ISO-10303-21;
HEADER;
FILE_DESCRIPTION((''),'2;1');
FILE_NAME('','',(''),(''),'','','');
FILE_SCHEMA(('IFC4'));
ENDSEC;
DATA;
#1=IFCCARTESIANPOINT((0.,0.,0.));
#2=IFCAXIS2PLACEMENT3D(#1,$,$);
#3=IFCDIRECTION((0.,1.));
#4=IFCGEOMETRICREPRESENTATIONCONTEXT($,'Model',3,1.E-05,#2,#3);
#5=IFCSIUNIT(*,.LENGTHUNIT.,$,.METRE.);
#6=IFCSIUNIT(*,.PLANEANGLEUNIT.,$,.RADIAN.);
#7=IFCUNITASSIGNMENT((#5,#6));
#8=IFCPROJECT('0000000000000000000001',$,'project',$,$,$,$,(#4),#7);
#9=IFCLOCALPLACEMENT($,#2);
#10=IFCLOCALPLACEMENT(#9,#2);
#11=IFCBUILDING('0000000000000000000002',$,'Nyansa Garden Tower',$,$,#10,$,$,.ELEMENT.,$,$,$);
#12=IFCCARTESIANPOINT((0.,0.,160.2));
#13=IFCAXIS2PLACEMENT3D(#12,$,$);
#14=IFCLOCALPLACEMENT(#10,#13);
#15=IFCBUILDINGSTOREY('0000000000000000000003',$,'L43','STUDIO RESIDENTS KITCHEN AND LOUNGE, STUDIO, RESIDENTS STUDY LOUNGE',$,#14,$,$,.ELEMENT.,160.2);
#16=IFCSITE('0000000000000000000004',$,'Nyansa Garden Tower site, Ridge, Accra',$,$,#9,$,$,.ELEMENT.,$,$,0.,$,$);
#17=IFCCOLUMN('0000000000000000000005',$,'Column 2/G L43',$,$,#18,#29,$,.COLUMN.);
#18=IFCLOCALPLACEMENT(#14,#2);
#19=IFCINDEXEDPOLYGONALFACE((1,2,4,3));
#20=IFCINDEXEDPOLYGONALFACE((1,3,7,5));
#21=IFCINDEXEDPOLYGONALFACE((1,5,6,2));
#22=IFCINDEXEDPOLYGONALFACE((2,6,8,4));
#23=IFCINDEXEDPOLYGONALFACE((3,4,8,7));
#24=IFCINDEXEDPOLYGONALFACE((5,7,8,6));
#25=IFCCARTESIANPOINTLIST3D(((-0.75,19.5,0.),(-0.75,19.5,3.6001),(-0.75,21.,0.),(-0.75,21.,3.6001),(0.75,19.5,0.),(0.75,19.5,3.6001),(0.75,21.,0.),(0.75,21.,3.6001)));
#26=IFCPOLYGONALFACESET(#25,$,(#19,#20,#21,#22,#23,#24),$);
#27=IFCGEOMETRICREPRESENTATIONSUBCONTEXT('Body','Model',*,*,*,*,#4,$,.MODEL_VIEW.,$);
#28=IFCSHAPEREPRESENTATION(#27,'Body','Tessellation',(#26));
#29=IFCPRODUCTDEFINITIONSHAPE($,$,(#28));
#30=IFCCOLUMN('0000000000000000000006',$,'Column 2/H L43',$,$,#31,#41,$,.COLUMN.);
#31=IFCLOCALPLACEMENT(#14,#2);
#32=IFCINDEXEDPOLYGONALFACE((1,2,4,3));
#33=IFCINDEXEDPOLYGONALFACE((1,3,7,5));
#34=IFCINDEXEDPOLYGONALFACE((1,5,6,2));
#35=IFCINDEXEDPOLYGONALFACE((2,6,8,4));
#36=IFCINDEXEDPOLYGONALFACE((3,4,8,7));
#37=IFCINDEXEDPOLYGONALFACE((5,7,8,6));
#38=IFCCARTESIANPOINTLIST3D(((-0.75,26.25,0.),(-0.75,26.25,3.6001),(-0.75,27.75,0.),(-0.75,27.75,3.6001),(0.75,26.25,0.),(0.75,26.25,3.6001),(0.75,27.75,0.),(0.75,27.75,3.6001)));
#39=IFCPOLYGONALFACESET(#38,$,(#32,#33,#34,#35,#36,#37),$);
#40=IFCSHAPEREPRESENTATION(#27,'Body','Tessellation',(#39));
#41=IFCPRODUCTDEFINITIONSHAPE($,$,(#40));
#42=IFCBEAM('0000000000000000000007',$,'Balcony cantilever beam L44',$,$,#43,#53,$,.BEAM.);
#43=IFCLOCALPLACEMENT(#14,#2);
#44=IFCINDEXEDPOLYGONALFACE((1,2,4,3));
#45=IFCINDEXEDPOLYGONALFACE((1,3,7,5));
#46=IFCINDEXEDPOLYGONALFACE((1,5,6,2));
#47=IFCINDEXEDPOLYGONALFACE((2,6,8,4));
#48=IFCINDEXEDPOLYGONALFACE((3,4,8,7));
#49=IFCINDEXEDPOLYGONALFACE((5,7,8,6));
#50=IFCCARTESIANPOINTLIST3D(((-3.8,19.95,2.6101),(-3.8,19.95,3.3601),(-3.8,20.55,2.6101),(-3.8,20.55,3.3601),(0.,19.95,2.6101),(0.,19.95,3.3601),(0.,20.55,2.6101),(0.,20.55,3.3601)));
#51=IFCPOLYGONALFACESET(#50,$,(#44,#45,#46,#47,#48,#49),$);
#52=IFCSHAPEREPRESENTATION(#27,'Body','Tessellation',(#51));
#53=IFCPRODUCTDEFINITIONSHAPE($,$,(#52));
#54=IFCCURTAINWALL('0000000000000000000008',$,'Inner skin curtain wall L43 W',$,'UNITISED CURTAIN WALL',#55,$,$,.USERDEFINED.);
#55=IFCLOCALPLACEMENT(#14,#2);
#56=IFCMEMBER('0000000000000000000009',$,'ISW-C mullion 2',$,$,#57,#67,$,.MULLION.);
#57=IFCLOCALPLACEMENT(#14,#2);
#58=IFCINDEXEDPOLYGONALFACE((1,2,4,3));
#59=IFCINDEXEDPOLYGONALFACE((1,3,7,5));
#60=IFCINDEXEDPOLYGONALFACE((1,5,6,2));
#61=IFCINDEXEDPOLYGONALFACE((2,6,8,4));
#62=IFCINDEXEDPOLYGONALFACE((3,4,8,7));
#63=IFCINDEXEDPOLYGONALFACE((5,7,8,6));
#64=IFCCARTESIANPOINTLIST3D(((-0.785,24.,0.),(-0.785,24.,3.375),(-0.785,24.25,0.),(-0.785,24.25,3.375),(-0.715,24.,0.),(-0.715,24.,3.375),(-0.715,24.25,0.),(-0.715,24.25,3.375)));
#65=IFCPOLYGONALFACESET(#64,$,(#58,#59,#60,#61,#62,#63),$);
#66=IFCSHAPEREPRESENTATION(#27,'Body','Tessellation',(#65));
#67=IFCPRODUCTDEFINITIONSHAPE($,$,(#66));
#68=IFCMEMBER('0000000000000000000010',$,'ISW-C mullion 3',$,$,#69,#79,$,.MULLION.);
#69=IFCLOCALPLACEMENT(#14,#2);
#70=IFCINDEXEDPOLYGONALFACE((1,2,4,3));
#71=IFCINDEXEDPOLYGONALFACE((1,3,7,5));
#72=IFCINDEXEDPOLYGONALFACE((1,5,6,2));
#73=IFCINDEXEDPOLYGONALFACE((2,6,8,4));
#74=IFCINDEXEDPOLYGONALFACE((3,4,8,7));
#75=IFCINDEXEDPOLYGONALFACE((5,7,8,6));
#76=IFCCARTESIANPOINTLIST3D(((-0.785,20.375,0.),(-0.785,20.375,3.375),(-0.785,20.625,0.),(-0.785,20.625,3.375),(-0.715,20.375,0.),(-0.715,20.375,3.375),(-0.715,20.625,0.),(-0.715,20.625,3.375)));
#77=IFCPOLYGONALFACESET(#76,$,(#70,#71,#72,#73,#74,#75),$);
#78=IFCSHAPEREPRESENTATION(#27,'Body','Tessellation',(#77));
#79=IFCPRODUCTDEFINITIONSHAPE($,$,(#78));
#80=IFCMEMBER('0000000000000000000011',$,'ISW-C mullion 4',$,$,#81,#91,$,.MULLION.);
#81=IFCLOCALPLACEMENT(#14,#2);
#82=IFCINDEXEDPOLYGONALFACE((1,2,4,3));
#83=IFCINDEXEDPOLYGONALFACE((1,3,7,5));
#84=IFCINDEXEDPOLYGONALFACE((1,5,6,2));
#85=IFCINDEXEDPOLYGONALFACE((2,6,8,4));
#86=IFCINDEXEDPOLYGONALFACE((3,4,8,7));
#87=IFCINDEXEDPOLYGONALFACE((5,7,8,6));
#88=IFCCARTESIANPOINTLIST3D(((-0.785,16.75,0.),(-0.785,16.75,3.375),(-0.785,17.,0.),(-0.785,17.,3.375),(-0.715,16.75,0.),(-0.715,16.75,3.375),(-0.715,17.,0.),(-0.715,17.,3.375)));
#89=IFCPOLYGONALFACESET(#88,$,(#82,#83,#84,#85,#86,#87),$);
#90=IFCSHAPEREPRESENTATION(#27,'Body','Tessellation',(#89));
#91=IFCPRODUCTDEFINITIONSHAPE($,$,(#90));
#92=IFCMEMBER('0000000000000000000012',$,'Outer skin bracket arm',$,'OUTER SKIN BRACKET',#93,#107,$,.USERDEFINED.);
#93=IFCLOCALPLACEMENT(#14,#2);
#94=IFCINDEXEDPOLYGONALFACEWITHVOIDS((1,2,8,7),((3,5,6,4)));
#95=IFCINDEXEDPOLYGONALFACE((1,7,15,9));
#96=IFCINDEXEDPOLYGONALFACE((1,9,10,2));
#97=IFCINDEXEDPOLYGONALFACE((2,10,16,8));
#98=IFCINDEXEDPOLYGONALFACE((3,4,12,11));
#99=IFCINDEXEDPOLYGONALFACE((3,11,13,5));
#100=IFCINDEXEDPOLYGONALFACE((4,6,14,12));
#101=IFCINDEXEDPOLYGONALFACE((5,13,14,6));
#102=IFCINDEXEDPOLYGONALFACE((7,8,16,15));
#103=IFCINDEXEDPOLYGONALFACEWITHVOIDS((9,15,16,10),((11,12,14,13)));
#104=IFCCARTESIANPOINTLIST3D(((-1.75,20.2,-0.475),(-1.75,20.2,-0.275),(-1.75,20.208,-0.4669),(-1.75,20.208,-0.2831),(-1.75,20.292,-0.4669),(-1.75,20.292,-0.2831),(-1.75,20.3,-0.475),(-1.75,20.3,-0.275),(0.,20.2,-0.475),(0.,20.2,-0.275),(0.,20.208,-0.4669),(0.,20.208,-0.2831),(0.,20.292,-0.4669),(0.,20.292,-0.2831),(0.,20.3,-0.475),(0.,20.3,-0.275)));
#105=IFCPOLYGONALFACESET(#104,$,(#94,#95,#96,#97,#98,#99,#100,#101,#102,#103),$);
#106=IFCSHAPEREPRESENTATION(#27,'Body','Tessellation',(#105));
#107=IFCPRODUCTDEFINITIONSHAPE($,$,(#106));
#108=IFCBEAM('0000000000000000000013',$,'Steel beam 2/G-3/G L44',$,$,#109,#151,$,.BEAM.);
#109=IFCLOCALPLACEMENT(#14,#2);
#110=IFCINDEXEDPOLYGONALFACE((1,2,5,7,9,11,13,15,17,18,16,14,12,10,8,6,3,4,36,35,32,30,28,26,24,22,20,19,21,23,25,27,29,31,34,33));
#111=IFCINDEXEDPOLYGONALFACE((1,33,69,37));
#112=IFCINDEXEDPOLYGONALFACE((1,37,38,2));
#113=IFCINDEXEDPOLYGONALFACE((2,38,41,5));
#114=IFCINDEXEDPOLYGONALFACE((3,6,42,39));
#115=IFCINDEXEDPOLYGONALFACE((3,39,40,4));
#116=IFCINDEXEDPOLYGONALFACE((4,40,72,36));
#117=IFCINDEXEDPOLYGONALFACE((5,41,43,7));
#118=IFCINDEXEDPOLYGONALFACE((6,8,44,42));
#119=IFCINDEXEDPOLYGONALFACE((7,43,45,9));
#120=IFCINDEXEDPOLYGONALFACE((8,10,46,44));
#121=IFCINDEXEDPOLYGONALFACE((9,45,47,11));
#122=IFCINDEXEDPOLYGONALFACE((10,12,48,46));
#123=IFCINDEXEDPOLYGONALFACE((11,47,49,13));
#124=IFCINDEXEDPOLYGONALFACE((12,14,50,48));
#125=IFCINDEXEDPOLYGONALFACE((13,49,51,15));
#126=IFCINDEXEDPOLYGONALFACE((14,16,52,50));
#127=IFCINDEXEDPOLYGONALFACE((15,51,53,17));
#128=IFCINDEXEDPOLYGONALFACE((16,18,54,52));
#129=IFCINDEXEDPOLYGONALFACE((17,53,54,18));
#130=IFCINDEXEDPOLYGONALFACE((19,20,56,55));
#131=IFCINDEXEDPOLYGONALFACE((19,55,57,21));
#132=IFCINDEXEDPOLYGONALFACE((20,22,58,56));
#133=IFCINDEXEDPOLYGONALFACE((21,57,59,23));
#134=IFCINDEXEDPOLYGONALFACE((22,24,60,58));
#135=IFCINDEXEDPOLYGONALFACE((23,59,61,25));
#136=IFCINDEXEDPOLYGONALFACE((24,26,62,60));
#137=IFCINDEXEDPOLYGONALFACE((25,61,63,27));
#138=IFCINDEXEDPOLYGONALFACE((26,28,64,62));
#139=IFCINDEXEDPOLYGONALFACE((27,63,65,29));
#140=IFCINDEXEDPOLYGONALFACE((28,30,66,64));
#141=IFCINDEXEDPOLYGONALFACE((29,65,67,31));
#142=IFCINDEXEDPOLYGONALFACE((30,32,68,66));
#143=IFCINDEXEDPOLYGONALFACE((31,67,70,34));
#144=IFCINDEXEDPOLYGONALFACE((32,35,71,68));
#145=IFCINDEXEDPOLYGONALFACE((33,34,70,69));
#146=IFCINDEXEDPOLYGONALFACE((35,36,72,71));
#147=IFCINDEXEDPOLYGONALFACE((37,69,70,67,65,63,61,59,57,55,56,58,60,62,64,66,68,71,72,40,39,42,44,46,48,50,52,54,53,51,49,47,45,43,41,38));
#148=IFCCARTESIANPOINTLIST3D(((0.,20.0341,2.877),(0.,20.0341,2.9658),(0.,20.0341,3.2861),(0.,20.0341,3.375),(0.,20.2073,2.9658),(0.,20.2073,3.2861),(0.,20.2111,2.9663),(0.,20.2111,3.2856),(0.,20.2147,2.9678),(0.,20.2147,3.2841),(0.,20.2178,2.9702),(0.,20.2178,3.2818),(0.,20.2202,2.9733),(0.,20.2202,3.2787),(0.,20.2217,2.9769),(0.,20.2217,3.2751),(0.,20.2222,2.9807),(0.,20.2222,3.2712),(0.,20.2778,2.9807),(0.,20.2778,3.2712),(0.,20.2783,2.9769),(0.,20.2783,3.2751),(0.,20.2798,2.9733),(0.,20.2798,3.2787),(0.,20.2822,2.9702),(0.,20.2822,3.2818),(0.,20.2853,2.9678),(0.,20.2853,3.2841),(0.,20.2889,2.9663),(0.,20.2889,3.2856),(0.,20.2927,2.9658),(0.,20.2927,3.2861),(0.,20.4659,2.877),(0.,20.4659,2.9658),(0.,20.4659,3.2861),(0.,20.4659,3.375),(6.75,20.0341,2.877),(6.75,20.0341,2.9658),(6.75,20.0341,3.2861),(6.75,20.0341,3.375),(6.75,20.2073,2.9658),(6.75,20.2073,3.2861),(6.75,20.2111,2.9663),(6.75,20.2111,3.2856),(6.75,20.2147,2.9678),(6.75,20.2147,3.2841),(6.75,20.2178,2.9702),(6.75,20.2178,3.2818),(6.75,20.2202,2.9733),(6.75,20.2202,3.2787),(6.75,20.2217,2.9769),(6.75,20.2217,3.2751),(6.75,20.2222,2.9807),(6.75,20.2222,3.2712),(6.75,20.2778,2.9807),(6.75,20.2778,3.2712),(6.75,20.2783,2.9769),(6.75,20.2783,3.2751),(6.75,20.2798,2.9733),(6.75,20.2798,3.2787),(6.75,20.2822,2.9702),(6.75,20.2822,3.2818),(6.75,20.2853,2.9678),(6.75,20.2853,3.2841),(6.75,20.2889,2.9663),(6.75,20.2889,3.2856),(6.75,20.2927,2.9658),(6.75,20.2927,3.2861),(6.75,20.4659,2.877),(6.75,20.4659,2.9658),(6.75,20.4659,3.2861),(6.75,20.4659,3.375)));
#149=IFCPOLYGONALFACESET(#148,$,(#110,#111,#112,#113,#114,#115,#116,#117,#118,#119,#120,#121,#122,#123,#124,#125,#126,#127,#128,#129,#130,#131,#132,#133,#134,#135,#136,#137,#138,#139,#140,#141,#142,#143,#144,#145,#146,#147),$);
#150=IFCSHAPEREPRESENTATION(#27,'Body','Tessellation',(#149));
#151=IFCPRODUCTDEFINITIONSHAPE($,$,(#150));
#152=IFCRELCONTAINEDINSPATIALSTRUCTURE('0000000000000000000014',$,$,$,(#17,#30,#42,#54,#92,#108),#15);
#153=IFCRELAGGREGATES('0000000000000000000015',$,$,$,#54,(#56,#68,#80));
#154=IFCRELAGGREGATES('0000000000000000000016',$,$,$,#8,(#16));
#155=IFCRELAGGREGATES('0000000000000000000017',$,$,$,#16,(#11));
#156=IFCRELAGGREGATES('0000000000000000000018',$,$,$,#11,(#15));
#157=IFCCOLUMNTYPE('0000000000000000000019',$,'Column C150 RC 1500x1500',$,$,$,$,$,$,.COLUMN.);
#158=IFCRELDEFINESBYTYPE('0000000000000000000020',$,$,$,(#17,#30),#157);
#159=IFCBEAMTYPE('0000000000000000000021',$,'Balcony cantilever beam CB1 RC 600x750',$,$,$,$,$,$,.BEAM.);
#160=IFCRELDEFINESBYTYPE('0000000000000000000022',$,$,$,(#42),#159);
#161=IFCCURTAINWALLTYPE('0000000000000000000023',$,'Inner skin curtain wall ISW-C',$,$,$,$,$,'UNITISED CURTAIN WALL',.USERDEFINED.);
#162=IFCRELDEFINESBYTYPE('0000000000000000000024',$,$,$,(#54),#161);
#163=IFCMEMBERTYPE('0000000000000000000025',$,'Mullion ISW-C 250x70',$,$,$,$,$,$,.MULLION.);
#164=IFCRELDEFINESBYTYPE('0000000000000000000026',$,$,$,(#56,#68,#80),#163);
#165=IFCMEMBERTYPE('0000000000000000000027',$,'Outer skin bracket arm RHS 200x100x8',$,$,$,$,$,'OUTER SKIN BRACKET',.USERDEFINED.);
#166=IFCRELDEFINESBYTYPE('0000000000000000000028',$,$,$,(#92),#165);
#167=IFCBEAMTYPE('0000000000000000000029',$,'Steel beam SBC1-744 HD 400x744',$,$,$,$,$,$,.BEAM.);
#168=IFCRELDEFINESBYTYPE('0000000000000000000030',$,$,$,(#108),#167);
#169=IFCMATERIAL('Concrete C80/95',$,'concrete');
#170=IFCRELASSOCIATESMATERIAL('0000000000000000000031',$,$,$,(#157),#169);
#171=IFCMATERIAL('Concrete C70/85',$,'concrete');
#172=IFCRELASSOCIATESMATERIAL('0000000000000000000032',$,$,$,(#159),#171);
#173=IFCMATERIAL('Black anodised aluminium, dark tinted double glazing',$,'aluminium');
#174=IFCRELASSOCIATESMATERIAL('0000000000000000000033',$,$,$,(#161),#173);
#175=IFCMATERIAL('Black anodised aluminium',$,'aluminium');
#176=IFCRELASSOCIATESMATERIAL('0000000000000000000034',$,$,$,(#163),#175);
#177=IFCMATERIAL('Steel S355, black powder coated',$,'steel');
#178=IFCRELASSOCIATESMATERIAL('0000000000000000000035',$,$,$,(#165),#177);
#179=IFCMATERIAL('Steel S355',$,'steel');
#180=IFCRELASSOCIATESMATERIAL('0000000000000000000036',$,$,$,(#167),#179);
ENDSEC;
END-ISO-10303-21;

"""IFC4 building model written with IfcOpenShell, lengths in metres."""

from ifc_helpers import new_model, si_unit, direction, frame, origin, origin_2d, place, context, subcontext, project, spatial, rectangle, hollow_rectangle, i_section, extrude, material, material_profile, profile_set, type_object, element, aggregate, save


model = new_model("IFC4")

# Units and contexts
model_context = context("Model", 3, precision=1e-05, world=origin(), true_north=direction((0.0, 1.0)))
body_context = subcontext(model_context, "Body", "Model", "MODEL_VIEW")
ifc_project = project(units=[si_unit("LENGTHUNIT", "METRE"), si_unit("PLANEANGLEUNIT", "RADIAN")], contexts=[model_context])

# Site, building, storey
site_placement = place(None, origin())
site = spatial("IfcSite", under=ifc_project, at=site_placement, Name="Nyansa Garden Tower site, Ridge, Accra", CompositionType="ELEMENT", RefElevation=0.0)
building_placement = place(site_placement, origin())
building = spatial("IfcBuilding", under=site, at=building_placement, Name="Nyansa Garden Tower", CompositionType="ELEMENT")
storey_placement = place(building_placement, frame((0.0, 0.0, 160.2)))
storey = spatial("IfcBuildingStorey", under=building, at=storey_placement, Name="L43", Description="STUDIO RESIDENTS KITCHEN AND LOUNGE, STUDIO, RESIDENTS STUDY LOUNGE", CompositionType="ELEMENT", Elevation=160.2)

# Columns
ifc_material_1 = material(Name="Concrete C80/95", Category="concrete")
ifc_material_profile_1 = material_profile(ifc_material_1, rectangle(XDim=1.5, YDim=1.5, at=origin_2d()), Name="RC 1500x1500")
ifc_profile_set_1 = profile_set([ifc_material_profile_1], Name="Concrete C80/95")
column_type = type_object("IfcColumnType", Name="Column C150 RC 1500x1500", PredefinedType="COLUMN", material=ifc_profile_set_1)
for number, where, z_axis, x_axis, name in (
    (1, (0.0, 20.25, 0.0), (0.0, 0.0, 1.0), (1.0, 0.0, 0.0), "Column 2/G L43"),
    (2, (0.0, 27.0, 0.0), (0.0, 0.0, 1.0), (1.0, 0.0, 0.0), "Column 2/H L43"),
):
    element("IfcColumn", number, at=place(storey_placement, frame(where, z_axis=z_axis, x_axis=x_axis)), inside=storey, type_object=column_type, Name=name, PredefinedType="COLUMN", context=body_context, shape_type="SweptSolid", body=[
        extrude(rectangle(XDim=1.5, YDim=1.5, at=origin_2d()), origin(), (0.0, 0.0, 1.0), 3.6001),
    ])

# Beam
ifc_material_2 = material(Name="Concrete C70/85", Category="concrete")
ifc_material_profile_2 = material_profile(ifc_material_2, rectangle(XDim=0.6001, YDim=0.75, at=origin_2d()), Name="RC 600x750")
ifc_profile_set_2 = profile_set([ifc_material_profile_2], Name="Concrete C70/85")
beam_type_1 = type_object("IfcBeamType", Name="Balcony cantilever beam CB1 RC 600x750", PredefinedType="BEAM", material=ifc_profile_set_2)
beam_1_placement = place(storey_placement, frame((0.0, 20.25, 2.9851), z_axis=(-1.0, 0.0, 0.0), x_axis=(0.0, -1.0, 0.0)))
element("IfcBeam", 3, at=beam_1_placement, inside=storey, type_object=beam_type_1, Name="Balcony cantilever beam L44", PredefinedType="BEAM", context=body_context, shape_type="SweptSolid", body=[
    extrude(rectangle(XDim=0.6001, YDim=0.75, at=origin_2d()), origin(), (0.0, 0.0, 1.0), 3.8),
])

# Curtain wall, members
ifc_material_3 = material(Name="Black anodised aluminium, dark tinted double glazing", Category="aluminium")
curtain_wall_type = type_object("IfcCurtainWallType", Name="Inner skin curtain wall ISW-C", ElementType="UNITISED CURTAIN WALL", PredefinedType="USERDEFINED", material=ifc_material_3)
curtain_wall_placement = place(storey_placement, origin())
curtain_wall = element("IfcCurtainWall", 4, at=curtain_wall_placement, inside=storey, type_object=curtain_wall_type, Name="Inner skin curtain wall L43 W", ObjectType="UNITISED CURTAIN WALL", PredefinedType="USERDEFINED")
ifc_material_4 = material(Name="Black anodised aluminium", Category="aluminium")
ifc_material_profile_3 = material_profile(ifc_material_4, rectangle(XDim=0.0701, YDim=0.25, at=origin_2d()), Name="Mullion 250x70")
ifc_profile_set_3 = profile_set([ifc_material_profile_3], Name="Black anodised aluminium")
member_type_1 = type_object("IfcMemberType", Name="Mullion ISW-C 250x70", PredefinedType="MULLION", material=ifc_profile_set_3)
member_1_placement = place(storey_placement, frame((-0.75, 24.125, 0.0), z_axis=(0.0, 0.0, 1.0), x_axis=(1.0, 0.0, 0.0)))
member_1 = element("IfcMember", 5, at=member_1_placement, type_object=member_type_1, Name="ISW-C mullion 2", PredefinedType="MULLION", context=body_context, shape_type="SweptSolid", body=[
    extrude(rectangle(XDim=0.0701, YDim=0.25, at=origin_2d()), origin(), (0.0, 0.0, 1.0), 3.375),
])
member_2_placement = place(storey_placement, frame((-0.75, 20.5, 0.0), z_axis=(0.0, 0.0, 1.0), x_axis=(1.0, 0.0, 0.0)))
member_2 = element("IfcMember", 6, at=member_2_placement, type_object=member_type_1, Name="ISW-C mullion 3", PredefinedType="MULLION", context=body_context, shape_type="SweptSolid", body=[
    extrude(rectangle(XDim=0.0701, YDim=0.25, at=origin_2d()), origin(), (0.0, 0.0, 1.0), 3.375),
])
member_3_placement = place(storey_placement, frame((-0.75, 16.875, 0.0), z_axis=(0.0, 0.0, 1.0), x_axis=(1.0, 0.0, 0.0)))
member_3 = element("IfcMember", 7, at=member_3_placement, type_object=member_type_1, Name="ISW-C mullion 4", PredefinedType="MULLION", context=body_context, shape_type="SweptSolid", body=[
    extrude(rectangle(XDim=0.0701, YDim=0.25, at=origin_2d()), origin(), (0.0, 0.0, 1.0), 3.375),
])

# Member
ifc_material_5 = material(Name="Steel S355, black powder coated", Category="steel")
ifc_material_profile_4 = material_profile(ifc_material_5, hollow_rectangle(XDim=0.1001, YDim=0.2, WallThickness=0.0081, at=origin_2d()), Name="RHS 200x100x8")
ifc_profile_set_4 = profile_set([ifc_material_profile_4], Name="Steel S355, black powder coated")
member_type_2 = type_object("IfcMemberType", Name="Outer skin bracket arm RHS 200x100x8", ElementType="OUTER SKIN BRACKET", PredefinedType="USERDEFINED", material=ifc_profile_set_4)
member_4_placement = place(storey_placement, frame((0.0, 20.25, -0.375), z_axis=(-1.0, 0.0, 0.0), x_axis=(0.0, -1.0, 0.0)))
element("IfcMember", 8, at=member_4_placement, inside=storey, type_object=member_type_2, Name="Outer skin bracket arm", ObjectType="OUTER SKIN BRACKET", PredefinedType="USERDEFINED", context=body_context, shape_type="SweptSolid", body=[
    extrude(hollow_rectangle(XDim=0.1001, YDim=0.2, WallThickness=0.0081, at=origin_2d()), origin(), (0.0, 0.0, 1.0), 1.75),
])

# Beam
ifc_material_6 = material(Name="Steel S355", Category="steel")
ifc_material_profile_5 = material_profile(ifc_material_6, i_section(OverallWidth=0.4319, OverallDepth=0.498, WebThickness=0.0557, FlangeThickness=0.0889, FilletRadius=0.0149, at=origin_2d()), Name="HD 400x744")
ifc_profile_set_5 = profile_set([ifc_material_profile_5], Name="Steel S355")
beam_type_2 = type_object("IfcBeamType", Name="Steel beam SBC1-744 HD 400x744", PredefinedType="BEAM", material=ifc_profile_set_5)
beam_2_placement = place(storey_placement, frame((0.0, 20.25, 3.126), z_axis=(1.0, 0.0, 0.0), x_axis=(0.0, 1.0, 0.0)))
element("IfcBeam", 9, at=beam_2_placement, inside=storey, type_object=beam_type_2, Name="Steel beam 2/G-3/G L44", PredefinedType="BEAM", context=body_context, shape_type="SweptSolid", body=[
    extrude(i_section(OverallWidth=0.4319, OverallDepth=0.498, WebThickness=0.0557, FlangeThickness=0.0889, FilletRadius=0.0149, at=origin_2d()), origin(), (0.0, 0.0, 1.0), 6.75),
])

aggregate(curtain_wall, [member_1, member_2, member_3])

save(model, "model.ifc")
